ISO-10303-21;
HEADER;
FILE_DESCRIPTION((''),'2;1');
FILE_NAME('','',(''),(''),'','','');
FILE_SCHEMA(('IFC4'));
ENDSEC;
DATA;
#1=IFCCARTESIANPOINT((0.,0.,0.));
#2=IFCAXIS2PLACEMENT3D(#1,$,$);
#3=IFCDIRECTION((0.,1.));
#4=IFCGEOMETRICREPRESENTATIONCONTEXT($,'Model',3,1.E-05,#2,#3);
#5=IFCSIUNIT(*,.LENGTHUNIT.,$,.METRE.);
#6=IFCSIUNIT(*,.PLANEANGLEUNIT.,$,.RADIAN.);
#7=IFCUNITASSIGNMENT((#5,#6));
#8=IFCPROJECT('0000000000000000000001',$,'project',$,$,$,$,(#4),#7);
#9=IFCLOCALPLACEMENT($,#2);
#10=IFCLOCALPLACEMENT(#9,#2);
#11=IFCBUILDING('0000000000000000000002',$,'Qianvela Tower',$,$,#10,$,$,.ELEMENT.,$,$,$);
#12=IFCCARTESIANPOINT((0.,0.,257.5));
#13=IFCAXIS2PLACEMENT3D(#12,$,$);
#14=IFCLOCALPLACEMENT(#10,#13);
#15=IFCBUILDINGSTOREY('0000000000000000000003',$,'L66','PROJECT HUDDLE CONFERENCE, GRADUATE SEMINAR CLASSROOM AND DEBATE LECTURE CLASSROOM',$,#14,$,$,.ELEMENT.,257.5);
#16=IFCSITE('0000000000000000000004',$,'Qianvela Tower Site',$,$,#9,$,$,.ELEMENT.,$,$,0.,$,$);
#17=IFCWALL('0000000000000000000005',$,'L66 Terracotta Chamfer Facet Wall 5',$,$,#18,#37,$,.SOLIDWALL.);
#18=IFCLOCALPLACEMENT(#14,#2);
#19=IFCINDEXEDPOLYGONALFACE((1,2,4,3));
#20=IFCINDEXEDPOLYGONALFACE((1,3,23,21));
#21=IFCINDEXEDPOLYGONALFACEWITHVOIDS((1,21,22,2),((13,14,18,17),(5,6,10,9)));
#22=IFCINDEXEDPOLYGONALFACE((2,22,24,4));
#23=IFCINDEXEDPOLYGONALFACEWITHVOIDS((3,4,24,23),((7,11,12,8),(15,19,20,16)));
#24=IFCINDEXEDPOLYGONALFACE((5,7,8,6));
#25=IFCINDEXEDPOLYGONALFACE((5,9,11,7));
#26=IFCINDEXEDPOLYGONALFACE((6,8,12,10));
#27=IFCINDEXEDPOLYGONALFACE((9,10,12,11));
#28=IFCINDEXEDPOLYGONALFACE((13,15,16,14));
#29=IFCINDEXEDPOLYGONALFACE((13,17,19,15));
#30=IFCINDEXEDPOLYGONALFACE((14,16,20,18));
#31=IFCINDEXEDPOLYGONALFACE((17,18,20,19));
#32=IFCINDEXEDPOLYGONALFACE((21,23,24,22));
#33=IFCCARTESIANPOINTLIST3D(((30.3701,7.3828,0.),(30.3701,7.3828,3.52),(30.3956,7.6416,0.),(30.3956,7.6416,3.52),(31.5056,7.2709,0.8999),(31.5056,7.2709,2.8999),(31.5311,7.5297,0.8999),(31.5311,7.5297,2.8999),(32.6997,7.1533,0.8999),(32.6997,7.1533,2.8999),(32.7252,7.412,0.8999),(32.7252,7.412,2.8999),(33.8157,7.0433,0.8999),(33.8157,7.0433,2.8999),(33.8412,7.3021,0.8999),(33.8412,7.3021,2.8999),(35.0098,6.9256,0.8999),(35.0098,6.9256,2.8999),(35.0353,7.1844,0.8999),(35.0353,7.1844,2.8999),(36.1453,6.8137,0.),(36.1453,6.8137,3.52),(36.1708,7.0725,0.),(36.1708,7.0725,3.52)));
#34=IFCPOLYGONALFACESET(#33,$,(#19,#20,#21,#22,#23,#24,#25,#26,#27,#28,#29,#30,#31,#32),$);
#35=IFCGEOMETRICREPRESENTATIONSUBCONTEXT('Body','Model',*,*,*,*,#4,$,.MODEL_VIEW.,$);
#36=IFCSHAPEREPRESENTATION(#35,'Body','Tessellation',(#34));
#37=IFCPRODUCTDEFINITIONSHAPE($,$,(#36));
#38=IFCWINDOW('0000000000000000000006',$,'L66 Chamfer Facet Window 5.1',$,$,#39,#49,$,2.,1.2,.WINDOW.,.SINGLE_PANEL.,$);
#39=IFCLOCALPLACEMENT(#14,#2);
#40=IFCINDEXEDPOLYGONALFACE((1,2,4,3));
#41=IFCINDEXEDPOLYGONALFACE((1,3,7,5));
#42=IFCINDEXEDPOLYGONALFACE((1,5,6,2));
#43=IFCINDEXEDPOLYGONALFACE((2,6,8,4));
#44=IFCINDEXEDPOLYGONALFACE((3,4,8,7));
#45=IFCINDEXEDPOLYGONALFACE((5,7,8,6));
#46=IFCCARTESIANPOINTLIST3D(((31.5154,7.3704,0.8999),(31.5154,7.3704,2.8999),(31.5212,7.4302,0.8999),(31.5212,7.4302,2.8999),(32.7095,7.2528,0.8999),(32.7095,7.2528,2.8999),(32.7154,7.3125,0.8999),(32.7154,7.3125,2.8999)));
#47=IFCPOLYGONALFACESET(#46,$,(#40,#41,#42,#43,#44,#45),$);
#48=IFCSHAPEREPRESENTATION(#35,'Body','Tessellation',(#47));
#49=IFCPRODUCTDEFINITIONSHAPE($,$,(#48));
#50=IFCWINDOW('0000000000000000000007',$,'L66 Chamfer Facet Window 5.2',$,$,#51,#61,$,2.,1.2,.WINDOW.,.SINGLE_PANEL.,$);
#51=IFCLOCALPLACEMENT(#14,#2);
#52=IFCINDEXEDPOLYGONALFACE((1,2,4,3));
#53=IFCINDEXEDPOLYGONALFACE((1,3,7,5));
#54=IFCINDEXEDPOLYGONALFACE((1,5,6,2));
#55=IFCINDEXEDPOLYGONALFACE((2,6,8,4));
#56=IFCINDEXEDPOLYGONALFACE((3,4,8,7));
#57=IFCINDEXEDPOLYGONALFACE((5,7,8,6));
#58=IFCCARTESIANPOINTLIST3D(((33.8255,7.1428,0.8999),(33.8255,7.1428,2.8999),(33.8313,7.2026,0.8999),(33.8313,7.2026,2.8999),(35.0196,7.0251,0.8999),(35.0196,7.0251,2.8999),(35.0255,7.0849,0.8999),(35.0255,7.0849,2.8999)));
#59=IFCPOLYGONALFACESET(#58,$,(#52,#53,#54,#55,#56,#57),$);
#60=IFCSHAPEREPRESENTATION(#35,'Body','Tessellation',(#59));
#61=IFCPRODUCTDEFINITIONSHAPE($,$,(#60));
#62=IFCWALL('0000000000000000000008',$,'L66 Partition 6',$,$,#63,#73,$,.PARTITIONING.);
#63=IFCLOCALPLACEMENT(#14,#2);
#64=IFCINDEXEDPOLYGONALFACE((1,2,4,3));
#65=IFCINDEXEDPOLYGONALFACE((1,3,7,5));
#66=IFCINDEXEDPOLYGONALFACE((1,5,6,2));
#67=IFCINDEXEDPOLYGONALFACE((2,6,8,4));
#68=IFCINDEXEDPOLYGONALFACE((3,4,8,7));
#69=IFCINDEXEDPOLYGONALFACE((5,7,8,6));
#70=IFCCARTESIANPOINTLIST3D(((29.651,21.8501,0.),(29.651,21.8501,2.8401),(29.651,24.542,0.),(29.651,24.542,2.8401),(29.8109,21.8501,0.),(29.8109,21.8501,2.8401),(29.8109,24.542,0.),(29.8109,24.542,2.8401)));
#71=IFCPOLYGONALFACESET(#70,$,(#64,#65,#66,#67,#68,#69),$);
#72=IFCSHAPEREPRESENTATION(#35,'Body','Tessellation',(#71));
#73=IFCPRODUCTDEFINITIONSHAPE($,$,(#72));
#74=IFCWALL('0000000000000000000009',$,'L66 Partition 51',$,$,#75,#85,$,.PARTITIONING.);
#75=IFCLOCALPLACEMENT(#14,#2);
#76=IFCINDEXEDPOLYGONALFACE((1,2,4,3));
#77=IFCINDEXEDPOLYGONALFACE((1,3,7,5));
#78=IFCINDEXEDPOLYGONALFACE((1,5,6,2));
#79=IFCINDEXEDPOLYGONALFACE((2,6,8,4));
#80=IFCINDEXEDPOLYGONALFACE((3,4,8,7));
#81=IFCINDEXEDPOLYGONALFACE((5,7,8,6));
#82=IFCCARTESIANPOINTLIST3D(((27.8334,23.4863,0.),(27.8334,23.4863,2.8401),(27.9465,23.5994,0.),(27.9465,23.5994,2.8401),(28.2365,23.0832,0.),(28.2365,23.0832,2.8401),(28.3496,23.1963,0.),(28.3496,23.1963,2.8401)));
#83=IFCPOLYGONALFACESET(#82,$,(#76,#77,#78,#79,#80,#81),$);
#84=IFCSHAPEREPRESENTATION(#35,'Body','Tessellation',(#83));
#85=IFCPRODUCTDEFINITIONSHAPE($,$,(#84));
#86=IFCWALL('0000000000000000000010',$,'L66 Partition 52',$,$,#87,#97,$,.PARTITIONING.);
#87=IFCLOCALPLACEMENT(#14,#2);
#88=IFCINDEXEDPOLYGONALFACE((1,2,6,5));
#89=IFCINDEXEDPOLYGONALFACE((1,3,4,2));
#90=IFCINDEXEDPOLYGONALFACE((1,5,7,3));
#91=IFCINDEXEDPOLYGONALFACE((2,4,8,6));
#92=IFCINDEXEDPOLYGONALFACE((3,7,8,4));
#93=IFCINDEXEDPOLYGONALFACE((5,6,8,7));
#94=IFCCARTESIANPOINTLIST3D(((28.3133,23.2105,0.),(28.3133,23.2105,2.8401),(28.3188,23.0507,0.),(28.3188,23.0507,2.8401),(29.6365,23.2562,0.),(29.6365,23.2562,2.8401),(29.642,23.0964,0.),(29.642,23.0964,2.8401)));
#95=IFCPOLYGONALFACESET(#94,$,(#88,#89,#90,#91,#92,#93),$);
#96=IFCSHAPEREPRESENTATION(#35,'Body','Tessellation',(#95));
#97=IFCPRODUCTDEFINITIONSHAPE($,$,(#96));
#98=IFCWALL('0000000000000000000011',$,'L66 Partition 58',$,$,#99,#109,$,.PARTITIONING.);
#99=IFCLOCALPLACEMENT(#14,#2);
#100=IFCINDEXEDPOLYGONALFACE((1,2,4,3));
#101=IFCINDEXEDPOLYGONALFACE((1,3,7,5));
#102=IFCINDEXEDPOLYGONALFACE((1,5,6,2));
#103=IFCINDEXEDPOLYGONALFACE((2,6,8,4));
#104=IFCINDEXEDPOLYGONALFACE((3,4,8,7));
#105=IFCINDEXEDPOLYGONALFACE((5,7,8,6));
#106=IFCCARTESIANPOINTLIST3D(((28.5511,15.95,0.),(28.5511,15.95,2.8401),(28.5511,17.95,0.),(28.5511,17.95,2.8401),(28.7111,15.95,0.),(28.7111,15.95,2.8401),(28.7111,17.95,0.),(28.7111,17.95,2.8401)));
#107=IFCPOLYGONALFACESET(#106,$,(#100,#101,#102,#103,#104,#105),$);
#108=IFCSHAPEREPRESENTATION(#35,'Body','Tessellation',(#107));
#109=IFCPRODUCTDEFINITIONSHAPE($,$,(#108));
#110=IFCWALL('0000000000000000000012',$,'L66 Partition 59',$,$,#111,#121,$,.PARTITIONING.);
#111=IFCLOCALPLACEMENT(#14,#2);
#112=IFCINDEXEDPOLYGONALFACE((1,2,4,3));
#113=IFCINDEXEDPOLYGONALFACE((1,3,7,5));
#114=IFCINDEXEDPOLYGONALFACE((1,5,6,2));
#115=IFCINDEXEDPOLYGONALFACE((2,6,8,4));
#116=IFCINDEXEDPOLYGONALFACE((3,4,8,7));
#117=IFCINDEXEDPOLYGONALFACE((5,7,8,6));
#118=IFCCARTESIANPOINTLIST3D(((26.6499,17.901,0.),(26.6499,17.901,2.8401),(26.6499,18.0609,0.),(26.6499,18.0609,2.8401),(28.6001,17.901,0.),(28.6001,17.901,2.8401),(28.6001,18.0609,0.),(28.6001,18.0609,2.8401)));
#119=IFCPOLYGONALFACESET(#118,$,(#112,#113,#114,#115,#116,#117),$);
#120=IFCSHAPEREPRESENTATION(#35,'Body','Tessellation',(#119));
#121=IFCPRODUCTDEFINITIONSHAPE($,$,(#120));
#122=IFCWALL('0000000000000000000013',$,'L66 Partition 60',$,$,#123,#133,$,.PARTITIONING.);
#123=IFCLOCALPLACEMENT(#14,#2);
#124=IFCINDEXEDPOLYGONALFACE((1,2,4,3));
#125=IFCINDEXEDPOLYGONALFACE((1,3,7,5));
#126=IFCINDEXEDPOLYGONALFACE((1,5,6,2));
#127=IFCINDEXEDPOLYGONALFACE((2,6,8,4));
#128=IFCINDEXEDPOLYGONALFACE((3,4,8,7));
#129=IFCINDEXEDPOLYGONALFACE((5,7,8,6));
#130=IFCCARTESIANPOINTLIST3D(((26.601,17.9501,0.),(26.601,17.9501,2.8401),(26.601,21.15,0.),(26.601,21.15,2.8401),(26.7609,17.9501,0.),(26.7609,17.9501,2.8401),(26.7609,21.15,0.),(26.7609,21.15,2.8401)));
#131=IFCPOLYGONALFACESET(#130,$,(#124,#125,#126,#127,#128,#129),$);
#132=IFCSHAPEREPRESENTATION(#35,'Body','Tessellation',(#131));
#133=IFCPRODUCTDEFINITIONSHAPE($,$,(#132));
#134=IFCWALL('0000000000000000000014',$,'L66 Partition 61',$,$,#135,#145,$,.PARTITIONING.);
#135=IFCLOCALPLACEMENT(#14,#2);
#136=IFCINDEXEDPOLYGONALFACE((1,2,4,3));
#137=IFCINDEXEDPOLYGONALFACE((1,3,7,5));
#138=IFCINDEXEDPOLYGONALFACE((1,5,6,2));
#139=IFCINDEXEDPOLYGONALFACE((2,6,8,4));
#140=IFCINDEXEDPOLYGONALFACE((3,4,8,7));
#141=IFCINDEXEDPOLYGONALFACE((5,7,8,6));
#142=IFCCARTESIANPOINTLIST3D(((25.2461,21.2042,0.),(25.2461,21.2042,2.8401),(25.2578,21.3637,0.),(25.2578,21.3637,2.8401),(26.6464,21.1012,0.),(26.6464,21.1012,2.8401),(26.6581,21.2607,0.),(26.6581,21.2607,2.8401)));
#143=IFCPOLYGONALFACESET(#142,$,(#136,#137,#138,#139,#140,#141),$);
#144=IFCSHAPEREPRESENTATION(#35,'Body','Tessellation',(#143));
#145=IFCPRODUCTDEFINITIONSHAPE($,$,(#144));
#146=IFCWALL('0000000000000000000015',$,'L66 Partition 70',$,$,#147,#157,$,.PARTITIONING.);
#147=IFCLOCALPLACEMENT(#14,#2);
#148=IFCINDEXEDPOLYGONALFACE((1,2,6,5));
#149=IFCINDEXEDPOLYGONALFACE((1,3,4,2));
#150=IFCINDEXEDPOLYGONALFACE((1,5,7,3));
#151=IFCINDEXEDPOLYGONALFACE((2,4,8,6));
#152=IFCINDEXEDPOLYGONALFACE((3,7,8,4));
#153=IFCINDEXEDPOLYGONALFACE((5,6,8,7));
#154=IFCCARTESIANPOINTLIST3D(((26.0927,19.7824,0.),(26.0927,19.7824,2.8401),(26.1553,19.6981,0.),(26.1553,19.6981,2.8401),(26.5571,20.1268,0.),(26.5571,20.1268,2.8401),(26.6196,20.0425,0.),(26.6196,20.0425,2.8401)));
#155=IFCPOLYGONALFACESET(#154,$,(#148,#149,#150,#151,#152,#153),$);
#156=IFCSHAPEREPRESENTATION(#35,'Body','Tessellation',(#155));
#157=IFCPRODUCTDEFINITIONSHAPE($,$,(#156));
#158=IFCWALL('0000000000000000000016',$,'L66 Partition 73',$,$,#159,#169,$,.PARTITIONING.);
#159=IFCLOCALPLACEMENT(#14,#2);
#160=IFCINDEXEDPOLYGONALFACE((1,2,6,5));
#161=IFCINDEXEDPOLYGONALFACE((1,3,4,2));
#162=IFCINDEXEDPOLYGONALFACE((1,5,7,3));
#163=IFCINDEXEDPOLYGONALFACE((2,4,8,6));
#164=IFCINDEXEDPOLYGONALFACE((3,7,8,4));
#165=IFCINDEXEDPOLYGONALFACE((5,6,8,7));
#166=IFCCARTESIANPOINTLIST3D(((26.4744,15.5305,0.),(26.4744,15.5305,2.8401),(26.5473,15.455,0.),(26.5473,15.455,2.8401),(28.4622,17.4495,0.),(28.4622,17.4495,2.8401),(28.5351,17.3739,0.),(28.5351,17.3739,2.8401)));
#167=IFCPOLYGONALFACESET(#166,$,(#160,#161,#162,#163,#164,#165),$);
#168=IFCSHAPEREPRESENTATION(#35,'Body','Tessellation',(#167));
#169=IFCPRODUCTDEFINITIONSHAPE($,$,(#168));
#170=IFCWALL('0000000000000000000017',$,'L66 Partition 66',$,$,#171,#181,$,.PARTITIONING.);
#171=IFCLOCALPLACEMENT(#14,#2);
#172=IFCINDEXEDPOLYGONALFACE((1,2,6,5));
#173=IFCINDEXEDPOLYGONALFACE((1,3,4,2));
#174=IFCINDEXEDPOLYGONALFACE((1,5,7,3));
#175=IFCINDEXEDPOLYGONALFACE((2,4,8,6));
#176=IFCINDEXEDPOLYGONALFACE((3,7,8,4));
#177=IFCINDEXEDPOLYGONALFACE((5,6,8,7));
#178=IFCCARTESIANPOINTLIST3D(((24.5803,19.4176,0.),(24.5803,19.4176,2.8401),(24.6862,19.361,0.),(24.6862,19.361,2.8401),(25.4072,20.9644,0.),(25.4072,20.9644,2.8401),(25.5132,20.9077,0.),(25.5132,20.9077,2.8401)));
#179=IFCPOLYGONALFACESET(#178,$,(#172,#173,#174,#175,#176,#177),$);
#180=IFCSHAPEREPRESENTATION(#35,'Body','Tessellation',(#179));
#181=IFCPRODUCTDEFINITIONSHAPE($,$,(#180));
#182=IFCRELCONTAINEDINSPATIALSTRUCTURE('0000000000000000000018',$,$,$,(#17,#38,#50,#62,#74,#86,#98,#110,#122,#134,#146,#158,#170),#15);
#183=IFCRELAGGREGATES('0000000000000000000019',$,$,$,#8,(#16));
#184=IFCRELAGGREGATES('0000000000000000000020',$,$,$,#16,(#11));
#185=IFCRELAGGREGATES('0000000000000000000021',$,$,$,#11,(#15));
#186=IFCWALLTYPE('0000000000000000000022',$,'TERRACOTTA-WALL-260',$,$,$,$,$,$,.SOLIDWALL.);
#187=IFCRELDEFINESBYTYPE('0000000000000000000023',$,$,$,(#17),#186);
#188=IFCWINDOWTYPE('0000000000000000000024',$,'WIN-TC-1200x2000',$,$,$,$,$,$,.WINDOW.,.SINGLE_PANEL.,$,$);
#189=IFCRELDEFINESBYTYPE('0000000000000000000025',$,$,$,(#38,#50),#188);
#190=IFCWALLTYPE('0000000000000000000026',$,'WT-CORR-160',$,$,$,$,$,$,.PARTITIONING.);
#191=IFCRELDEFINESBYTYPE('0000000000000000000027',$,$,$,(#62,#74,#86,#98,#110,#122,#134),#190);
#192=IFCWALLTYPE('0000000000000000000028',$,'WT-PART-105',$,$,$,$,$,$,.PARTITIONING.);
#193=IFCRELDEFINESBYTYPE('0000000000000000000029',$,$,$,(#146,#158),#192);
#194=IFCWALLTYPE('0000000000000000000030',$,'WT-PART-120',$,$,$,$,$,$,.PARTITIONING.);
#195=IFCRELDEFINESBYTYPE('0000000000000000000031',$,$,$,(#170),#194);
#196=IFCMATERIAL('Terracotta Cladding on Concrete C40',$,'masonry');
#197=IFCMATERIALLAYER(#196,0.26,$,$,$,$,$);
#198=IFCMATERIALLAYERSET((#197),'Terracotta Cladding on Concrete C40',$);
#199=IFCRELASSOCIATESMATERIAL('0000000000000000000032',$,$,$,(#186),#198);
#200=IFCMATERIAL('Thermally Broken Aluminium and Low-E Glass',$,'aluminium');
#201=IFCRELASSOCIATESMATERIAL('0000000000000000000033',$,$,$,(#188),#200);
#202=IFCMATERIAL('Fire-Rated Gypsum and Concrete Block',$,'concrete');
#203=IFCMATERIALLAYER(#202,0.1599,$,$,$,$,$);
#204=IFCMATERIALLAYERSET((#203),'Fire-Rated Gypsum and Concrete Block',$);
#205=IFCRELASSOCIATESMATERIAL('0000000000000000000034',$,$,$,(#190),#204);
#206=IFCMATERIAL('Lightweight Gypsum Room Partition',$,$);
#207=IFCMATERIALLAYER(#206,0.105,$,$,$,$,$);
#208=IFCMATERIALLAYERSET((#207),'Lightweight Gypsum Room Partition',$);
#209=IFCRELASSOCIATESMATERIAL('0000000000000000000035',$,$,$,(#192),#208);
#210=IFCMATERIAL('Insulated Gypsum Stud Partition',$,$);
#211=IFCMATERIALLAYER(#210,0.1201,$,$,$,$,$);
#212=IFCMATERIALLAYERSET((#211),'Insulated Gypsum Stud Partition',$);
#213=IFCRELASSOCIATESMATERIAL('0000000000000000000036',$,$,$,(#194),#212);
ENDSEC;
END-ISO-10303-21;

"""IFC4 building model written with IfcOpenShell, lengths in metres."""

from ifc_helpers import new_model, si_unit, direction, frame, frame_2d, origin, place, context, subcontext, project, spatial, rectangle, extrude, material, layer, layer_set, type_object, element, fill, save


model = new_model("IFC4")

# Units and contexts
model_context = context("Model", 3, precision=1e-05, world=origin(), true_north=direction((0.0, 1.0)))
body_context = subcontext(model_context, "Body", "Model", "MODEL_VIEW")
ifc_project = project(units=[si_unit("LENGTHUNIT", "METRE"), si_unit("PLANEANGLEUNIT", "RADIAN")], contexts=[model_context])

# Site, building, storey
site_placement = place(None, origin())
site = spatial("IfcSite", under=ifc_project, at=site_placement, Name="Qianvela Tower Site", CompositionType="ELEMENT", RefElevation=0.0)
building_placement = place(site_placement, origin())
building = spatial("IfcBuilding", under=site, at=building_placement, Name="Qianvela Tower", CompositionType="ELEMENT")
storey_placement = place(building_placement, frame((0.0, 0.0, 257.5)))
storey = spatial("IfcBuildingStorey", under=building, at=storey_placement, Name="L66", Description="PROJECT HUDDLE CONFERENCE, GRADUATE SEMINAR CLASSROOM AND DEBATE LECTURE CLASSROOM", CompositionType="ELEMENT", Elevation=257.5)

# Wall, openings, windows
ifc_material_1 = material(Name="Terracotta Cladding on Concrete C40", Category="masonry")
ifc_layer_1 = layer(ifc_material_1, 0.26)
ifc_layer_set_1 = layer_set([ifc_layer_1], Name="Terracotta Cladding on Concrete C40")
wall_type_1 = type_object("IfcWallType", Name="TERRACOTTA-WALL-260", PredefinedType="SOLIDWALL", material=ifc_layer_set_1)
wall_1_placement = place(storey_placement, frame((30.3828, 7.5122, 0.0), z_axis=(0.0, 0.0, 1.0), x_axis=(0.99518, -0.098067, 0.0)))
wall_1 = element("IfcWall", 1, at=wall_1_placement, inside=storey, type_object=wall_type_1, Name="L66 Terracotta Chamfer Facet Wall 5", PredefinedType="SOLIDWALL", context=body_context, shape_type="SweptSolid", body=[
    extrude(rectangle(XDim=5.8032, YDim=0.26, at=frame_2d((2.9016, 0.0))), origin(), (0.0, 0.0, 1.0), 3.52),
])
opening_1_placement = place(wall_1_placement, frame((1.1409, 0.0, 0.8999)))
opening_1 = element("IfcOpeningElement", 2, at=opening_1_placement, cuts=wall_1, PredefinedType="OPENING", context=body_context, shape_type="SweptSolid", body=[
    extrude(rectangle(XDim=1.2, YDim=2.0, at=frame_2d((0.6001, 1.0))), frame((0.0, 0.1399, 0.0), z_axis=(0.0, -1.0, 0.0), x_axis=(1.0, 0.0, 0.0)), (0.0, 0.0, 1.0), 0.28),
])
opening_2_placement = place(wall_1_placement, frame((3.4622, 0.0, 0.8999)))
opening_2 = element("IfcOpeningElement", 3, at=opening_2_placement, cuts=wall_1, PredefinedType="OPENING", context=body_context, shape_type="SweptSolid", body=[
    extrude(rectangle(XDim=1.2, YDim=2.0, at=frame_2d((0.6001, 1.0))), frame((0.0, 0.1399, 0.0), z_axis=(0.0, -1.0, 0.0), x_axis=(1.0, 0.0, 0.0)), (0.0, 0.0, 1.0), 0.28),
])
ifc_material_2 = material(Name="Thermally Broken Aluminium and Low-E Glass", Category="aluminium")
window_type = type_object("IfcWindowType", Name="WIN-TC-1200x2000", PartitioningType="SINGLE_PANEL", PredefinedType="WINDOW", material=ifc_material_2)
window_1_placement = place(opening_1_placement, origin())
window_1 = element("IfcWindow", 4, at=window_1_placement, inside=storey, type_object=window_type, Name="L66 Chamfer Facet Window 5.1", OverallHeight=2.0, OverallWidth=1.2, PartitioningType="SINGLE_PANEL", PredefinedType="WINDOW", context=body_context, shape_type="SweptSolid", body=[
    extrude(rectangle(XDim=1.2, YDim=2.0, at=frame_2d((0.6001, 1.0))), frame((0.0, 0.03, 0.0), z_axis=(0.0, -1.0, 0.0), x_axis=(1.0, 0.0, 0.0)), (0.0, 0.0, 1.0), 0.0601),
])
fill(opening_1, window_1)
window_2_placement = place(opening_2_placement, origin())
window_2 = element("IfcWindow", 5, at=window_2_placement, inside=storey, type_object=window_type, Name="L66 Chamfer Facet Window 5.2", OverallHeight=2.0, OverallWidth=1.2, PartitioningType="SINGLE_PANEL", PredefinedType="WINDOW", context=body_context, shape_type="SweptSolid", body=[
    extrude(rectangle(XDim=1.2, YDim=2.0, at=frame_2d((0.6001, 1.0))), frame((0.0, 0.03, 0.0), z_axis=(0.0, -1.0, 0.0), x_axis=(1.0, 0.0, 0.0)), (0.0, 0.0, 1.0), 0.0601),
])
fill(opening_2, window_2)

# Walls
ifc_material_3 = material(Name="Fire-Rated Gypsum and Concrete Block", Category="concrete")
ifc_layer_2 = layer(ifc_material_3, 0.1599)
ifc_layer_set_2 = layer_set([ifc_layer_2], Name="Fire-Rated Gypsum and Concrete Block")
wall_type_2 = type_object("IfcWallType", Name="WT-CORR-160", PredefinedType="PARTITIONING", material=ifc_layer_set_2)
wall_2_placement = place(storey_placement, frame((29.731, 21.8501, 0.0), z_axis=(0.0, 0.0, 1.0), x_axis=(0.0, 1.0, 0.0)))
element("IfcWall", 6, at=wall_2_placement, inside=storey, type_object=wall_type_2, Name="L66 Partition 6", PredefinedType="PARTITIONING", context=body_context, shape_type="SweptSolid", body=[
    extrude(rectangle(XDim=2.6919, YDim=0.1599, at=frame_2d((1.3459, 0.0))), origin(), (0.0, 0.0, 1.0), 2.8401),
])
wall_3_placement = place(storey_placement, frame((27.8899, 23.543, 0.0), z_axis=(0.0, 0.0, 1.0), x_axis=(0.707107, -0.707107, 0.0)))
element("IfcWall", 7, at=wall_3_placement, inside=storey, type_object=wall_type_2, Name="L66 Partition 51", PredefinedType="PARTITIONING", context=body_context, shape_type="SweptSolid", body=[
    extrude(rectangle(XDim=0.5701, YDim=0.1599, at=frame_2d((0.2852, 0.0))), origin(), (0.0, 0.0, 1.0), 2.8401),
])
wall_4_placement = place(storey_placement, frame((28.3159, 23.1306, 0.0), z_axis=(0.0, 0.0, 1.0), x_axis=(0.999405, 0.034481, 0.0)))
element("IfcWall", 8, at=wall_4_placement, inside=storey, type_object=wall_type_2, Name="L66 Partition 52", PredefinedType="PARTITIONING", context=body_context, shape_type="SweptSolid", body=[
    extrude(rectangle(XDim=1.324, YDim=0.1599, at=frame_2d((0.6621, 0.0))), origin(), (0.0, 0.0, 1.0), 2.8401),
])
wall_5_placement = place(storey_placement, frame((28.6311, 15.95, 0.0), z_axis=(0.0, 0.0, 1.0), x_axis=(0.0, 1.0, 0.0)))
element("IfcWall", 9, at=wall_5_placement, inside=storey, type_object=wall_type_2, Name="L66 Partition 58", PredefinedType="PARTITIONING", context=body_context, shape_type="SweptSolid", body=[
    extrude(rectangle(XDim=2.0, YDim=0.1599, at=frame_2d((1.0, 0.0))), origin(), (0.0, 0.0, 1.0), 2.8401),
])
wall_6_placement = place(storey_placement, frame((28.6001, 17.981, 0.0), z_axis=(0.0, 0.0, 1.0), x_axis=(-1.0, 0.0, 0.0)))
element("IfcWall", 10, at=wall_6_placement, inside=storey, type_object=wall_type_2, Name="L66 Partition 59", PredefinedType="PARTITIONING", context=body_context, shape_type="SweptSolid", body=[
    extrude(rectangle(XDim=1.9502, YDim=0.1599, at=frame_2d((0.9751, 0.0))), origin(), (0.0, 0.0, 1.0), 2.8401),
])
wall_7_placement = place(storey_placement, frame((26.6809, 17.95, 0.0), z_axis=(0.0, 0.0, 1.0), x_axis=(0.0, 1.0, 0.0)))
element("IfcWall", 11, at=wall_7_placement, inside=storey, type_object=wall_type_2, Name="L66 Partition 60", PredefinedType="PARTITIONING", context=body_context, shape_type="SweptSolid", body=[
    extrude(rectangle(XDim=3.2, YDim=0.1599, at=frame_2d((1.6001, 0.0))), origin(), (0.0, 0.0, 1.0), 2.8401),
])
wall_8_placement = place(storey_placement, frame((26.6523, 21.1809, 0.0), z_axis=(0.0, 0.0, 1.0), x_axis=(-0.997304, 0.073385, 0.0)))
element("IfcWall", 12, at=wall_8_placement, inside=storey, type_object=wall_type_2, Name="L66 Partition 61", PredefinedType="PARTITIONING", context=body_context, shape_type="SweptSolid", body=[
    extrude(rectangle(XDim=1.4041, YDim=0.1599, at=frame_2d((0.7021, 0.0))), origin(), (0.0, 0.0, 1.0), 2.8401),
])
ifc_material_4 = material(Name="Lightweight Gypsum Room Partition")
ifc_layer_3 = layer(ifc_material_4, 0.105)
ifc_layer_set_3 = layer_set([ifc_layer_3], Name="Lightweight Gypsum Room Partition")
wall_type_3 = type_object("IfcWallType", Name="WT-PART-105", PredefinedType="PARTITIONING", material=ifc_layer_set_3)
wall_9_placement = place(storey_placement, frame((26.124, 19.7402, 0.0), z_axis=(0.0, 0.0, 1.0), x_axis=(0.803131, 0.595803, 0.0)))
element("IfcWall", 13, at=wall_9_placement, inside=storey, type_object=wall_type_3, Name="L66 Partition 70", PredefinedType="PARTITIONING", context=body_context, shape_type="SweptSolid", body=[
    extrude(rectangle(XDim=0.5781, YDim=0.105, at=frame_2d((0.2891, 0.0))), origin(), (0.0, 0.0, 1.0), 2.8401),
])
wall_10_placement = place(storey_placement, frame((28.4985, 17.4116, 0.0), z_axis=(0.0, 0.0, 1.0), x_axis=(-0.719456, -0.694538, 0.0)))
element("IfcWall", 14, at=wall_10_placement, inside=storey, type_object=wall_type_3, Name="L66 Partition 73", PredefinedType="PARTITIONING", context=body_context, shape_type="SweptSolid", body=[
    extrude(rectangle(XDim=2.7629, YDim=0.105, at=frame_2d((1.3813, 0.0))), origin(), (0.0, 0.0, 1.0), 2.8401),
])
ifc_material_5 = material(Name="Insulated Gypsum Stud Partition")
ifc_layer_4 = layer(ifc_material_5, 0.1201)
ifc_layer_set_4 = layer_set([ifc_layer_4], Name="Insulated Gypsum Stud Partition")
wall_type_4 = type_object("IfcWallType", Name="WT-PART-120", PredefinedType="PARTITIONING", material=ifc_layer_set_4)
wall_11_placement = place(storey_placement, frame((25.4602, 20.936, 0.0), z_axis=(0.0, 0.0, 1.0), x_axis=(-0.471491, -0.881871, 0.0)))
element("IfcWall", 15, at=wall_11_placement, inside=storey, type_object=wall_type_4, Name="L66 Partition 66", PredefinedType="PARTITIONING", context=body_context, shape_type="SweptSolid", body=[
    extrude(rectangle(XDim=1.7539, YDim=0.1201, at=frame_2d((0.877, 0.0))), origin(), (0.0, 0.0, 1.0), 2.8401),
])

save(model, "model.ifc")
